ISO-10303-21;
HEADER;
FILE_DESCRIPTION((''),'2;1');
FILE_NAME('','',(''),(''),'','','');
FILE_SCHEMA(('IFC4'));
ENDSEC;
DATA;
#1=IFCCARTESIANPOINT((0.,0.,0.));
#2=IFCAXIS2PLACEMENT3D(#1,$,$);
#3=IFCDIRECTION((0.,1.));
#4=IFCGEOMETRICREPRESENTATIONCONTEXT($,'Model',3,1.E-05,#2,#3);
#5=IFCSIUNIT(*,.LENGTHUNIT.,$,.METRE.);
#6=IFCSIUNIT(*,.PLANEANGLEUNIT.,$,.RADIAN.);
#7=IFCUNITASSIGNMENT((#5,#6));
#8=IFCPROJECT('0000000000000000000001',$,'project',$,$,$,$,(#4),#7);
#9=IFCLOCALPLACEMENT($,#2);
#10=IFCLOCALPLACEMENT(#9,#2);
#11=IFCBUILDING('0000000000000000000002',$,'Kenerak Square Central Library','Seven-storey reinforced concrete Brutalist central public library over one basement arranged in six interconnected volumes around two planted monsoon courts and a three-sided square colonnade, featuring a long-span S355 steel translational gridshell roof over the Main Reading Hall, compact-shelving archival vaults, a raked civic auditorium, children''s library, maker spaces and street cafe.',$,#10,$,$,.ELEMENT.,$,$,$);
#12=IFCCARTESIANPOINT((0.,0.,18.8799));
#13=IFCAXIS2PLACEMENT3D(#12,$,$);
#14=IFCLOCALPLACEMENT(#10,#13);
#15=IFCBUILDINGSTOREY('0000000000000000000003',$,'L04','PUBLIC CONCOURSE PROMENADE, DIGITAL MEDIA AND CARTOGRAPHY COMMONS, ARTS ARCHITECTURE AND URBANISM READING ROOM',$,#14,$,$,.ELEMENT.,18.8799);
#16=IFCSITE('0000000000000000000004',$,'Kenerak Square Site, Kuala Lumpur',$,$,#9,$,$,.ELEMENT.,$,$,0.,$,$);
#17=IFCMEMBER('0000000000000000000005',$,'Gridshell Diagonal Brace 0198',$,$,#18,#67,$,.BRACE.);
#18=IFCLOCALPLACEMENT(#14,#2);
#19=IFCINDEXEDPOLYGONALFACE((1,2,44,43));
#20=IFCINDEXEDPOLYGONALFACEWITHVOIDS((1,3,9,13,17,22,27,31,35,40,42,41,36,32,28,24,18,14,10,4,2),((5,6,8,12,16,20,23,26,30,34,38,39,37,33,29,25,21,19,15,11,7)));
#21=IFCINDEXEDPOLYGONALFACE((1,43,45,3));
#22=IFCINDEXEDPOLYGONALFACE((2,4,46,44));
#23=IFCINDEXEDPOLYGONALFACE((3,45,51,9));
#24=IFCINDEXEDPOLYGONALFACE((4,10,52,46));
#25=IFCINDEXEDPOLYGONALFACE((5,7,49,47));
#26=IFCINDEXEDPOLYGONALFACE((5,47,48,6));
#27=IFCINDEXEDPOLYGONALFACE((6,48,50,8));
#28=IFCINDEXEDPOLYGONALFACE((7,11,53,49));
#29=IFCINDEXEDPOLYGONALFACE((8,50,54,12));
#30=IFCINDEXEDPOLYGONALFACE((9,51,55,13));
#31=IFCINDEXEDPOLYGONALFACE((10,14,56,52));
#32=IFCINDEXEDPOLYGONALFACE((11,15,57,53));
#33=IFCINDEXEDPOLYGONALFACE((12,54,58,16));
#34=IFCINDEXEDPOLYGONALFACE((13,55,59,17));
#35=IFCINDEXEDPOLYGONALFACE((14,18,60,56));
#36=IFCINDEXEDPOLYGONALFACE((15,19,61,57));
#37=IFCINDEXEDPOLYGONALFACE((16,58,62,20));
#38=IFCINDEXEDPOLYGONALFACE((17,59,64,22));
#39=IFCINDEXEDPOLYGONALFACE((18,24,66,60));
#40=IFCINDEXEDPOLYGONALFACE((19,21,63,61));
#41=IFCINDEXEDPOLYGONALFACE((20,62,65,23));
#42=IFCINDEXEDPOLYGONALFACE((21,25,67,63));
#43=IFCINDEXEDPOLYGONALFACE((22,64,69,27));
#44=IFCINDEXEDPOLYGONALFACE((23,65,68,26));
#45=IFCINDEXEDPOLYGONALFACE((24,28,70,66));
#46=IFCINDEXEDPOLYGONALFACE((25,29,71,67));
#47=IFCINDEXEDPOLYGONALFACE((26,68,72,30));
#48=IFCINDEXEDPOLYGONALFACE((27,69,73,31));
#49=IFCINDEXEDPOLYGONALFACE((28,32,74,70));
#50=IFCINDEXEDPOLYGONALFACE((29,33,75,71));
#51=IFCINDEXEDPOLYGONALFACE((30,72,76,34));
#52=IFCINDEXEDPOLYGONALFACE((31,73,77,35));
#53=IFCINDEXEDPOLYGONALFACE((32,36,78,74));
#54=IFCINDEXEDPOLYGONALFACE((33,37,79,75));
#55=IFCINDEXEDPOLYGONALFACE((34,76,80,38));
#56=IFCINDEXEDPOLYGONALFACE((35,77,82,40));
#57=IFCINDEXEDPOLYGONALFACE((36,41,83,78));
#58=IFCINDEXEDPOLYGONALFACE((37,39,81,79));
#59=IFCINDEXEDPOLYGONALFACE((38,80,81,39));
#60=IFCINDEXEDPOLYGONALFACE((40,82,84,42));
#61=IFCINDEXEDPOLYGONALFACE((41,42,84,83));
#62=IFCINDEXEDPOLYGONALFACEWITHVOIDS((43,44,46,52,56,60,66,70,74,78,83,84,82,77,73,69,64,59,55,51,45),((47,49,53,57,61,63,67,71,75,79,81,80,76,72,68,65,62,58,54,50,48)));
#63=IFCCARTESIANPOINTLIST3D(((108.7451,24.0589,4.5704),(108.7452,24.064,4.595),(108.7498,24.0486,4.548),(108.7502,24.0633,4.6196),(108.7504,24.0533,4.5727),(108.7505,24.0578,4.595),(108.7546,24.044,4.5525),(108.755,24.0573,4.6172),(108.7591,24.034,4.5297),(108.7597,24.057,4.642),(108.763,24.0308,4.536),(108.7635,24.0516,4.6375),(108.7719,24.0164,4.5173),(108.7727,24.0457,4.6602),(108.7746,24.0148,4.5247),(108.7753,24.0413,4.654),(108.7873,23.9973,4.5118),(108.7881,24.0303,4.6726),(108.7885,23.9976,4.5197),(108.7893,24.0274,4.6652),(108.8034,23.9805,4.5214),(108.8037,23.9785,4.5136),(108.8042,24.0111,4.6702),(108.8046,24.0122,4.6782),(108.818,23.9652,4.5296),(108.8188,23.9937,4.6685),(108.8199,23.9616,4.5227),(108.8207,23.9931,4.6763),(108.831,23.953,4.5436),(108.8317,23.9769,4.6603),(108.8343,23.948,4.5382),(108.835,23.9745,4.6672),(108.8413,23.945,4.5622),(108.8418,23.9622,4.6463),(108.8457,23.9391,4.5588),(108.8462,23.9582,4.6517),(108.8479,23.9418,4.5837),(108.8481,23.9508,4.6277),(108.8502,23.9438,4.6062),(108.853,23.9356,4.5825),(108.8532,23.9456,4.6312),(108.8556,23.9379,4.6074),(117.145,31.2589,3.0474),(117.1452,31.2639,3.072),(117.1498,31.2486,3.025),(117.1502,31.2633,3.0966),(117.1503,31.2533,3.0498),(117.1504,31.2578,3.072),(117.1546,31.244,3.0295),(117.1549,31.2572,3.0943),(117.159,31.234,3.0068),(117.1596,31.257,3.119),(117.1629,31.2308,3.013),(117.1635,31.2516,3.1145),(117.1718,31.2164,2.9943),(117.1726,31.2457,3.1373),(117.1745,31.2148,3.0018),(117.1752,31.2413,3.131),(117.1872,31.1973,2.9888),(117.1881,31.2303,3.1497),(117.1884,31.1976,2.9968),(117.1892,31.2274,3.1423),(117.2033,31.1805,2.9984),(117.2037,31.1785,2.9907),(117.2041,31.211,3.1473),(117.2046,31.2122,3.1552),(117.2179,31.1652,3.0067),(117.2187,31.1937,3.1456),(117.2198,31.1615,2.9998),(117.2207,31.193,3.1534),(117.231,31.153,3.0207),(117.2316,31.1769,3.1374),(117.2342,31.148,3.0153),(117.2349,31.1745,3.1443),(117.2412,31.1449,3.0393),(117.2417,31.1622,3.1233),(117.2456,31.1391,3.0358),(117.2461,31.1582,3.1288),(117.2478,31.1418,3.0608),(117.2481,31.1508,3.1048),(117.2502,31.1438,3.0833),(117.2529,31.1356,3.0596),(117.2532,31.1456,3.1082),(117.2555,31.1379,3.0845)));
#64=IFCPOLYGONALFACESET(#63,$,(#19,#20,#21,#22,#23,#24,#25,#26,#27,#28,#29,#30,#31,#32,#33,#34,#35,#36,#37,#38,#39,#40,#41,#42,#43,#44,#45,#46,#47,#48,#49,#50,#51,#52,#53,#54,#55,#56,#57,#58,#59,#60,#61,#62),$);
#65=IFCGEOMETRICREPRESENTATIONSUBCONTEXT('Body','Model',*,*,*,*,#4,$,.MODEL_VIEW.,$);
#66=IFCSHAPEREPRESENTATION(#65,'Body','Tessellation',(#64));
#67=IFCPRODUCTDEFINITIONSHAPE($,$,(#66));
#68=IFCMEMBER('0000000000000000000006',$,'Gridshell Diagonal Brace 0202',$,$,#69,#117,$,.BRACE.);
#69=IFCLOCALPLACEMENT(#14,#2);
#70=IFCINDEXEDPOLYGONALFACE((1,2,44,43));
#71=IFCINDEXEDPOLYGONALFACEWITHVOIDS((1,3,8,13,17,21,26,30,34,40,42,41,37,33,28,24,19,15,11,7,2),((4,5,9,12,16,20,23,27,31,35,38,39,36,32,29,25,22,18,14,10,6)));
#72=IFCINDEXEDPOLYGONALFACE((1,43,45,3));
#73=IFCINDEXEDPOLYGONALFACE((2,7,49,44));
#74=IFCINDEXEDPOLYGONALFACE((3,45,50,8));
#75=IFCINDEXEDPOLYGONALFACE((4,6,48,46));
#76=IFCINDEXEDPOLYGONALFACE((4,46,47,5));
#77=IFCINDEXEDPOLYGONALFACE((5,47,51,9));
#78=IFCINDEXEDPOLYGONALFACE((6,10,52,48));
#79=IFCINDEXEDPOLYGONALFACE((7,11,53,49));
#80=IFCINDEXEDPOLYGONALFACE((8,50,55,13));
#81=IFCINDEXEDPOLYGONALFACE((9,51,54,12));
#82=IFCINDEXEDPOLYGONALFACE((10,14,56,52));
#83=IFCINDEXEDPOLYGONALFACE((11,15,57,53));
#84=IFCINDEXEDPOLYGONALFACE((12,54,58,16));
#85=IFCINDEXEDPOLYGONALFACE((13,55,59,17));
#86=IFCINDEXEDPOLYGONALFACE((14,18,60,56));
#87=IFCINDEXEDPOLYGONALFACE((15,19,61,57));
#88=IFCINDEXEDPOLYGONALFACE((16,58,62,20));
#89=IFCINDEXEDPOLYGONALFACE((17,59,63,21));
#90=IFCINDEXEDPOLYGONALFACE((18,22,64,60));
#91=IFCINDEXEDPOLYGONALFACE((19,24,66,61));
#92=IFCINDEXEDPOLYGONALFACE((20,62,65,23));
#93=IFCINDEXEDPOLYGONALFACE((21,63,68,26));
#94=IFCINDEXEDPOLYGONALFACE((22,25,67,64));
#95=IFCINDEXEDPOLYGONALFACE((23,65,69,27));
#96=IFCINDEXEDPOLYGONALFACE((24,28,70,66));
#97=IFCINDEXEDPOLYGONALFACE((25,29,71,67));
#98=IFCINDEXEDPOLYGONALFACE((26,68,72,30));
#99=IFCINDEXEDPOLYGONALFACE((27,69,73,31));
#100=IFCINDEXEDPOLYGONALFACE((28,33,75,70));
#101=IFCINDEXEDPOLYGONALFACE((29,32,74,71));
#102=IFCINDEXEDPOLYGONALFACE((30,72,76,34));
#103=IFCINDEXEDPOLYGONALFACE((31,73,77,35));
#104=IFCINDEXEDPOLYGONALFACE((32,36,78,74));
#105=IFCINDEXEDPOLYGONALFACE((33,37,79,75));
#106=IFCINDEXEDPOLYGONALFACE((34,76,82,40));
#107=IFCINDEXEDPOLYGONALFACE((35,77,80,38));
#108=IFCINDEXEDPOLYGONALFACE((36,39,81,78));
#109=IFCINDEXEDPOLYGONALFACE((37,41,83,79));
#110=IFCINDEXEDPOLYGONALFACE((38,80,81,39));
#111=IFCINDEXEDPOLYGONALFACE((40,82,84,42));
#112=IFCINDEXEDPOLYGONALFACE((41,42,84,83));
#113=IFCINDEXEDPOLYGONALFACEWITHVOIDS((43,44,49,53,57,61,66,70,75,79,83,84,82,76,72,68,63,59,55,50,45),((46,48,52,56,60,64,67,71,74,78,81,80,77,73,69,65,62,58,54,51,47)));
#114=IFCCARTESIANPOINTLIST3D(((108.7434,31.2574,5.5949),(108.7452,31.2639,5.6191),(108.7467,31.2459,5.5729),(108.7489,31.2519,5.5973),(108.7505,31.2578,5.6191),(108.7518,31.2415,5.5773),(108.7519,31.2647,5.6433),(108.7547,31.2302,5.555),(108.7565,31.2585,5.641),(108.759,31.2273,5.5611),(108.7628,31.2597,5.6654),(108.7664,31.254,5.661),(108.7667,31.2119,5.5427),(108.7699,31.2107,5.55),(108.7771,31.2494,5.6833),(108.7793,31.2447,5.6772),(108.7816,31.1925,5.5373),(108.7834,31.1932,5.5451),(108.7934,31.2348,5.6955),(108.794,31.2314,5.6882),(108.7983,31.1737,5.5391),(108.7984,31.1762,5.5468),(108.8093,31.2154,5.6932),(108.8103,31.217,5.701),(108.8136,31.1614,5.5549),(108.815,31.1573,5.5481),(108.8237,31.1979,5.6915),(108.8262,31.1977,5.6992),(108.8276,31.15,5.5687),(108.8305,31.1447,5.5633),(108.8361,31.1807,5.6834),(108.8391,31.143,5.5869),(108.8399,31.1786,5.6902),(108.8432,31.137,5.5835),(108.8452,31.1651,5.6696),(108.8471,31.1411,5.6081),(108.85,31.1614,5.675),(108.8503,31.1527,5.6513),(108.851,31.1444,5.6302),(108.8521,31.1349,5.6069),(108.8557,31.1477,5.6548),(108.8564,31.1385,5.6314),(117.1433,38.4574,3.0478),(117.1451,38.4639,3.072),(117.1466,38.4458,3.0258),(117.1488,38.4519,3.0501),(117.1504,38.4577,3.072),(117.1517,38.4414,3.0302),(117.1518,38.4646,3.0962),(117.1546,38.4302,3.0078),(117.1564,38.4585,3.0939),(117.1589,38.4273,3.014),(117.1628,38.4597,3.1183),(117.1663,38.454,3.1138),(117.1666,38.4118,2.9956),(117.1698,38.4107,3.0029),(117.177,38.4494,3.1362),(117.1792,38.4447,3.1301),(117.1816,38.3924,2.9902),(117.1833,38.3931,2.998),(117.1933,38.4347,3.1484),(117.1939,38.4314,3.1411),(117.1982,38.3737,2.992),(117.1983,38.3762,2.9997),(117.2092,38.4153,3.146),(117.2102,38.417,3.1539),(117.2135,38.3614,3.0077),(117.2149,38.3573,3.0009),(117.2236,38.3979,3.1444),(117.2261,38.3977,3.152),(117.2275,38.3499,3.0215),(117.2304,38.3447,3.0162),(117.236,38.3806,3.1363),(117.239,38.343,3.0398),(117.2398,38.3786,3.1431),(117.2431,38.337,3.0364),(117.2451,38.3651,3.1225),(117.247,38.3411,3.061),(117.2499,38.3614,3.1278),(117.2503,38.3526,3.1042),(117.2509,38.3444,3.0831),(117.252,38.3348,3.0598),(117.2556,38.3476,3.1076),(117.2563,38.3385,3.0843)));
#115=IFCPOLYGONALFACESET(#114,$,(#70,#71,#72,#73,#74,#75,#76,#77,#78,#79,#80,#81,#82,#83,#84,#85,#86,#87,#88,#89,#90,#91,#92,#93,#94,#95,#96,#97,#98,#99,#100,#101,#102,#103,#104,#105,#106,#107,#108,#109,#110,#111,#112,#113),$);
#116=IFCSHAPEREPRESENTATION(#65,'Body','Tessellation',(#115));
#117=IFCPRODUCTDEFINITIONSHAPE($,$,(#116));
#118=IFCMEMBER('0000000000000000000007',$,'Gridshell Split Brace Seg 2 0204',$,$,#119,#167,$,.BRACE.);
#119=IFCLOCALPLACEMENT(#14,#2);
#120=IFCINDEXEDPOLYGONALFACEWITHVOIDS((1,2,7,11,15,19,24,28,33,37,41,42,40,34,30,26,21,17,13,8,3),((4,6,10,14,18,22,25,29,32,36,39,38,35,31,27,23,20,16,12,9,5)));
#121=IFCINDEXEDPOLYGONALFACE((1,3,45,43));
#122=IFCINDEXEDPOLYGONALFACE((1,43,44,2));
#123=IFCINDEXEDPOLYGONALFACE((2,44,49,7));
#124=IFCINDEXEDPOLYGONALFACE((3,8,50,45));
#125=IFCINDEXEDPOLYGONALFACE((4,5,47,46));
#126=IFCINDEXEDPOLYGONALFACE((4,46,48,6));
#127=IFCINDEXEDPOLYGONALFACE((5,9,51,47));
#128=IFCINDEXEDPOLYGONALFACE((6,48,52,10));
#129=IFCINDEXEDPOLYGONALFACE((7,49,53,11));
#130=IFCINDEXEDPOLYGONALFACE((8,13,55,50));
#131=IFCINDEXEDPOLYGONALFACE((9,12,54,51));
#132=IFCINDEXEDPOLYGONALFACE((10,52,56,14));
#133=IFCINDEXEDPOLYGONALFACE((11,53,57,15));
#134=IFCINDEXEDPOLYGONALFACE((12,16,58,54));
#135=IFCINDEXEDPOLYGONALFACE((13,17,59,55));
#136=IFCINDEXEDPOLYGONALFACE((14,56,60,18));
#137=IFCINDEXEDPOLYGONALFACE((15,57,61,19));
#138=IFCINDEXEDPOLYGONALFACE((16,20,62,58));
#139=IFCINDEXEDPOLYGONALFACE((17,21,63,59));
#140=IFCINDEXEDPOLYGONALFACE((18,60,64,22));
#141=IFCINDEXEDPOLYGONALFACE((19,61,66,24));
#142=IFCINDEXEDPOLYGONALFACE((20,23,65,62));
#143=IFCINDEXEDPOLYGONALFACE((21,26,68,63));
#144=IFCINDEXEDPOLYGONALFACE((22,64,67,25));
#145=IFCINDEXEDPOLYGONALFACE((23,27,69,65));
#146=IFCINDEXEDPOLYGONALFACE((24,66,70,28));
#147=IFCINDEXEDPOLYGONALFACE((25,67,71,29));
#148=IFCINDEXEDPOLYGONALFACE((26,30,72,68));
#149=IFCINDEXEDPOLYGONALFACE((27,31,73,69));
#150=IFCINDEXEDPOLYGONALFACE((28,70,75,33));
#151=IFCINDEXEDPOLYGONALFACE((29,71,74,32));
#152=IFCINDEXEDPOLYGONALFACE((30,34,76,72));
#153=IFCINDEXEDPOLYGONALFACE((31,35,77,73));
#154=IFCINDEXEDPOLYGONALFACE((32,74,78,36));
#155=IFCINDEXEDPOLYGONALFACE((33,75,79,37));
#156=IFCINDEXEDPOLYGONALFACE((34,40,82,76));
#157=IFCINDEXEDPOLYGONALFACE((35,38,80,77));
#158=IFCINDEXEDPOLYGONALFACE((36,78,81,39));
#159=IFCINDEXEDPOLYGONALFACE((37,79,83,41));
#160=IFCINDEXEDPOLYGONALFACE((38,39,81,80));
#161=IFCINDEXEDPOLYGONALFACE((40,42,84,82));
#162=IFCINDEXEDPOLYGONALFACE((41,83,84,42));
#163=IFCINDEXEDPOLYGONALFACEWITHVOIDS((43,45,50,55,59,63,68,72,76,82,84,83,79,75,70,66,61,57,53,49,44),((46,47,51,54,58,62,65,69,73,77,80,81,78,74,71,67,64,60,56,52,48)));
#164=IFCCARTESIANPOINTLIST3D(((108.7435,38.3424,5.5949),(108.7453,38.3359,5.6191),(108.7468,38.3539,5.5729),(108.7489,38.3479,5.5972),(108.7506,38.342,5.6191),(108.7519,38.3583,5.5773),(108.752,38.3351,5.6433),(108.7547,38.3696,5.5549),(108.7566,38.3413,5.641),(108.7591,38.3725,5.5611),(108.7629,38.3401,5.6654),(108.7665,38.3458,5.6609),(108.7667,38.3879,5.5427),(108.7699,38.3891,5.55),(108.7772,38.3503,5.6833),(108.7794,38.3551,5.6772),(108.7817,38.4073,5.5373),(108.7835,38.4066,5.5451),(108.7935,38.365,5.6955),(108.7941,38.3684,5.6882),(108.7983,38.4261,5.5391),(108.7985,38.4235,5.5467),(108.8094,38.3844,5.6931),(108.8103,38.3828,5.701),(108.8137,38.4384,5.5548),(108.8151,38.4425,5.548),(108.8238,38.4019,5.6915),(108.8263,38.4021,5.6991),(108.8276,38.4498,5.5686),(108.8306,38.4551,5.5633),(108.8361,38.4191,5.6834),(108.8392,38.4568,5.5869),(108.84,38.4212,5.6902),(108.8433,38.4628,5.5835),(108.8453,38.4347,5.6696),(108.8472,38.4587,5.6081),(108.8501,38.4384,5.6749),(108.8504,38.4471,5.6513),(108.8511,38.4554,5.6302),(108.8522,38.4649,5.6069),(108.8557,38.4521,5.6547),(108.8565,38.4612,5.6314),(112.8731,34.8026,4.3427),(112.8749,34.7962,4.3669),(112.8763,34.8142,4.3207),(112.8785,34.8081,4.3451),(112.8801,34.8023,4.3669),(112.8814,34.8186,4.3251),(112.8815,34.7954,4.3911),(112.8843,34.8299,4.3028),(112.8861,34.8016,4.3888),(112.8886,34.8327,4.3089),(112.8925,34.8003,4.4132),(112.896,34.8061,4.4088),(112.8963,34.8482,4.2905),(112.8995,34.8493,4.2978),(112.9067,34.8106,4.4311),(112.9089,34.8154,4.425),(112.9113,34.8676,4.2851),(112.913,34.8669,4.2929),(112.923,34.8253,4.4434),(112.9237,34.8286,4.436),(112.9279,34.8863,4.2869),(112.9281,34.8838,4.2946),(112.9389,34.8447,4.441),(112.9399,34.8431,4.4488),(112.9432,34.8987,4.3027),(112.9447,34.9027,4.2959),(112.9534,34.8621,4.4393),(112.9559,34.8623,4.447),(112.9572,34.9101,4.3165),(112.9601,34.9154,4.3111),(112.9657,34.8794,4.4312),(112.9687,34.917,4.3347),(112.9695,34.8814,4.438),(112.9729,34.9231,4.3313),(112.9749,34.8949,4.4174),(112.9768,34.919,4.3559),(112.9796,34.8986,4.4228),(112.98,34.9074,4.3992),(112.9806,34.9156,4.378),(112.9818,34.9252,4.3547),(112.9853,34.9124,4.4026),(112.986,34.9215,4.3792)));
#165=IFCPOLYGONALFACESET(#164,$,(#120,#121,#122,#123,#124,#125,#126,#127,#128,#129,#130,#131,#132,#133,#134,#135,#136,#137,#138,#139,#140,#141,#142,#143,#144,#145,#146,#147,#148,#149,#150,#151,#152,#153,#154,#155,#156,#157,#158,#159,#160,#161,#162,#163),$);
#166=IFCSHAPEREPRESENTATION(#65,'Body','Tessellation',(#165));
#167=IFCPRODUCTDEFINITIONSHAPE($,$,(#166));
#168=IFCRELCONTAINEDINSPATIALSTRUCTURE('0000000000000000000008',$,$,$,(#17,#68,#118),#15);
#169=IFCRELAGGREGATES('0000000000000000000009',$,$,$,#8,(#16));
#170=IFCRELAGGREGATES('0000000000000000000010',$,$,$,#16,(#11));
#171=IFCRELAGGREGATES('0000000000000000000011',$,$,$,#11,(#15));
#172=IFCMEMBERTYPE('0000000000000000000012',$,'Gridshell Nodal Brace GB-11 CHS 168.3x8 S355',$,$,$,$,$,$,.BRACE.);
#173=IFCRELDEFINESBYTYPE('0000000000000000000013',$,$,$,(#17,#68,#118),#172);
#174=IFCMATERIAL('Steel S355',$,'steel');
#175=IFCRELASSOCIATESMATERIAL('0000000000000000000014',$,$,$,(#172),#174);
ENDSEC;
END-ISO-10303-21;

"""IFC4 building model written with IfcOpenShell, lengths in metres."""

from ifc_helpers import new_model, si_unit, direction, frame, origin, origin_2d, place, context, subcontext, project, spatial, hollow_circle, extrude, material, material_profile, profile_set, type_object, element, save


model = new_model("IFC4")

# Units and contexts
model_context = context("Model", 3, precision=1e-05, world=origin(), true_north=direction((0.0, 1.0)))
body_context = subcontext(model_context, "Body", "Model", "MODEL_VIEW")
ifc_project = project(units=[si_unit("LENGTHUNIT", "METRE"), si_unit("PLANEANGLEUNIT", "RADIAN")], contexts=[model_context])

# Site, building, storey
site_placement = place(None, origin())
site = spatial("IfcSite", under=ifc_project, at=site_placement, Name="Kenerak Square Site, Kuala Lumpur", CompositionType="ELEMENT", RefElevation=0.0)
building_placement = place(site_placement, origin())
building = spatial("IfcBuilding", under=site, at=building_placement, Name="Kenerak Square Central Library", Description="Seven-storey reinforced concrete Brutalist central public library over one basement arranged in six interconnected volumes around two planted monsoon courts and a three-sided square colonnade, featuring a long-span S355 steel translational gridshell roof over the Main Reading Hall, compact-shelving archival vaults, a raked civic auditorium, children's library, maker spaces and street cafe.", CompositionType="ELEMENT")
storey_placement = place(building_placement, frame((0.0, 0.0, 18.8799)))
storey = spatial("IfcBuildingStorey", under=building, at=storey_placement, Name="L04", Description="PUBLIC CONCOURSE PROMENADE, DIGITAL MEDIA AND CARTOGRAPHY COMMONS, ARTS ARCHITECTURE AND URBANISM READING ROOM", CompositionType="ELEMENT", Elevation=18.8799)

# Members
ifc_material = material(Name="Steel S355", Category="steel")
ifc_material_profile_1 = material_profile(ifc_material, hollow_circle(Radius=0.0842, WallThickness=0.0081, at=origin_2d()), Name="CHS 168.3x8.0")
ifc_profile_set_1 = profile_set([ifc_material_profile_1], Name="Steel S355")
member_type_1 = type_object("IfcMemberType", Name="Gridshell Nodal Brace GB-11 CHS 168.3x8 S355", PredefinedType="BRACE", material=ifc_profile_set_1)
member_1_placement = place(storey_placement, frame((108.8, 24.0, 4.595), z_axis=(0.752162, 0.644713, -0.136371), x_axis=(-0.650793, 0.759255, 0.0)))
element("IfcMember", 1, at=member_1_placement, inside=storey, type_object=member_type_1, Name="Gridshell Diagonal Brace 0198", PredefinedType="BRACE", context=body_context, shape_type="SweptSolid", body=[
    extrude(hollow_circle(Radius=0.0842, WallThickness=0.0081, at=origin_2d()), origin(), (0.0, 0.0, 1.0), 11.1677),
])
member_2_placement = place(storey_placement, frame((108.8, 31.2, 5.6191), z_axis=(0.739899, 0.634202, -0.224361), x_axis=(-0.650793, 0.759255, 0.0)))
element("IfcMember", 2, at=member_2_placement, inside=storey, type_object=member_type_1, Name="Gridshell Diagonal Brace 0202", PredefinedType="BRACE", context=body_context, shape_type="SweptSolid", body=[
    extrude(hollow_circle(Radius=0.0842, WallThickness=0.0081, at=origin_2d()), origin(), (0.0, 0.0, 1.0), 11.3528),
])
member_3_placement = place(storey_placement, frame((112.9297, 34.8601, 4.3669), z_axis=(-0.739893, 0.634212, 0.224352), x_axis=(-0.650802, -0.759247, 0.0)))
element("IfcMember", 3, at=member_3_placement, inside=storey, type_object=member_type_1, Name="Gridshell Split Brace Seg 2 0204", PredefinedType="BRACE", context=body_context, shape_type="SweptSolid", body=[
    extrude(hollow_circle(Radius=0.0842, WallThickness=0.0081, at=origin_2d()), origin(), (0.0, 0.0, 1.0), 5.5813),
])

save(model, "model.ifc")
